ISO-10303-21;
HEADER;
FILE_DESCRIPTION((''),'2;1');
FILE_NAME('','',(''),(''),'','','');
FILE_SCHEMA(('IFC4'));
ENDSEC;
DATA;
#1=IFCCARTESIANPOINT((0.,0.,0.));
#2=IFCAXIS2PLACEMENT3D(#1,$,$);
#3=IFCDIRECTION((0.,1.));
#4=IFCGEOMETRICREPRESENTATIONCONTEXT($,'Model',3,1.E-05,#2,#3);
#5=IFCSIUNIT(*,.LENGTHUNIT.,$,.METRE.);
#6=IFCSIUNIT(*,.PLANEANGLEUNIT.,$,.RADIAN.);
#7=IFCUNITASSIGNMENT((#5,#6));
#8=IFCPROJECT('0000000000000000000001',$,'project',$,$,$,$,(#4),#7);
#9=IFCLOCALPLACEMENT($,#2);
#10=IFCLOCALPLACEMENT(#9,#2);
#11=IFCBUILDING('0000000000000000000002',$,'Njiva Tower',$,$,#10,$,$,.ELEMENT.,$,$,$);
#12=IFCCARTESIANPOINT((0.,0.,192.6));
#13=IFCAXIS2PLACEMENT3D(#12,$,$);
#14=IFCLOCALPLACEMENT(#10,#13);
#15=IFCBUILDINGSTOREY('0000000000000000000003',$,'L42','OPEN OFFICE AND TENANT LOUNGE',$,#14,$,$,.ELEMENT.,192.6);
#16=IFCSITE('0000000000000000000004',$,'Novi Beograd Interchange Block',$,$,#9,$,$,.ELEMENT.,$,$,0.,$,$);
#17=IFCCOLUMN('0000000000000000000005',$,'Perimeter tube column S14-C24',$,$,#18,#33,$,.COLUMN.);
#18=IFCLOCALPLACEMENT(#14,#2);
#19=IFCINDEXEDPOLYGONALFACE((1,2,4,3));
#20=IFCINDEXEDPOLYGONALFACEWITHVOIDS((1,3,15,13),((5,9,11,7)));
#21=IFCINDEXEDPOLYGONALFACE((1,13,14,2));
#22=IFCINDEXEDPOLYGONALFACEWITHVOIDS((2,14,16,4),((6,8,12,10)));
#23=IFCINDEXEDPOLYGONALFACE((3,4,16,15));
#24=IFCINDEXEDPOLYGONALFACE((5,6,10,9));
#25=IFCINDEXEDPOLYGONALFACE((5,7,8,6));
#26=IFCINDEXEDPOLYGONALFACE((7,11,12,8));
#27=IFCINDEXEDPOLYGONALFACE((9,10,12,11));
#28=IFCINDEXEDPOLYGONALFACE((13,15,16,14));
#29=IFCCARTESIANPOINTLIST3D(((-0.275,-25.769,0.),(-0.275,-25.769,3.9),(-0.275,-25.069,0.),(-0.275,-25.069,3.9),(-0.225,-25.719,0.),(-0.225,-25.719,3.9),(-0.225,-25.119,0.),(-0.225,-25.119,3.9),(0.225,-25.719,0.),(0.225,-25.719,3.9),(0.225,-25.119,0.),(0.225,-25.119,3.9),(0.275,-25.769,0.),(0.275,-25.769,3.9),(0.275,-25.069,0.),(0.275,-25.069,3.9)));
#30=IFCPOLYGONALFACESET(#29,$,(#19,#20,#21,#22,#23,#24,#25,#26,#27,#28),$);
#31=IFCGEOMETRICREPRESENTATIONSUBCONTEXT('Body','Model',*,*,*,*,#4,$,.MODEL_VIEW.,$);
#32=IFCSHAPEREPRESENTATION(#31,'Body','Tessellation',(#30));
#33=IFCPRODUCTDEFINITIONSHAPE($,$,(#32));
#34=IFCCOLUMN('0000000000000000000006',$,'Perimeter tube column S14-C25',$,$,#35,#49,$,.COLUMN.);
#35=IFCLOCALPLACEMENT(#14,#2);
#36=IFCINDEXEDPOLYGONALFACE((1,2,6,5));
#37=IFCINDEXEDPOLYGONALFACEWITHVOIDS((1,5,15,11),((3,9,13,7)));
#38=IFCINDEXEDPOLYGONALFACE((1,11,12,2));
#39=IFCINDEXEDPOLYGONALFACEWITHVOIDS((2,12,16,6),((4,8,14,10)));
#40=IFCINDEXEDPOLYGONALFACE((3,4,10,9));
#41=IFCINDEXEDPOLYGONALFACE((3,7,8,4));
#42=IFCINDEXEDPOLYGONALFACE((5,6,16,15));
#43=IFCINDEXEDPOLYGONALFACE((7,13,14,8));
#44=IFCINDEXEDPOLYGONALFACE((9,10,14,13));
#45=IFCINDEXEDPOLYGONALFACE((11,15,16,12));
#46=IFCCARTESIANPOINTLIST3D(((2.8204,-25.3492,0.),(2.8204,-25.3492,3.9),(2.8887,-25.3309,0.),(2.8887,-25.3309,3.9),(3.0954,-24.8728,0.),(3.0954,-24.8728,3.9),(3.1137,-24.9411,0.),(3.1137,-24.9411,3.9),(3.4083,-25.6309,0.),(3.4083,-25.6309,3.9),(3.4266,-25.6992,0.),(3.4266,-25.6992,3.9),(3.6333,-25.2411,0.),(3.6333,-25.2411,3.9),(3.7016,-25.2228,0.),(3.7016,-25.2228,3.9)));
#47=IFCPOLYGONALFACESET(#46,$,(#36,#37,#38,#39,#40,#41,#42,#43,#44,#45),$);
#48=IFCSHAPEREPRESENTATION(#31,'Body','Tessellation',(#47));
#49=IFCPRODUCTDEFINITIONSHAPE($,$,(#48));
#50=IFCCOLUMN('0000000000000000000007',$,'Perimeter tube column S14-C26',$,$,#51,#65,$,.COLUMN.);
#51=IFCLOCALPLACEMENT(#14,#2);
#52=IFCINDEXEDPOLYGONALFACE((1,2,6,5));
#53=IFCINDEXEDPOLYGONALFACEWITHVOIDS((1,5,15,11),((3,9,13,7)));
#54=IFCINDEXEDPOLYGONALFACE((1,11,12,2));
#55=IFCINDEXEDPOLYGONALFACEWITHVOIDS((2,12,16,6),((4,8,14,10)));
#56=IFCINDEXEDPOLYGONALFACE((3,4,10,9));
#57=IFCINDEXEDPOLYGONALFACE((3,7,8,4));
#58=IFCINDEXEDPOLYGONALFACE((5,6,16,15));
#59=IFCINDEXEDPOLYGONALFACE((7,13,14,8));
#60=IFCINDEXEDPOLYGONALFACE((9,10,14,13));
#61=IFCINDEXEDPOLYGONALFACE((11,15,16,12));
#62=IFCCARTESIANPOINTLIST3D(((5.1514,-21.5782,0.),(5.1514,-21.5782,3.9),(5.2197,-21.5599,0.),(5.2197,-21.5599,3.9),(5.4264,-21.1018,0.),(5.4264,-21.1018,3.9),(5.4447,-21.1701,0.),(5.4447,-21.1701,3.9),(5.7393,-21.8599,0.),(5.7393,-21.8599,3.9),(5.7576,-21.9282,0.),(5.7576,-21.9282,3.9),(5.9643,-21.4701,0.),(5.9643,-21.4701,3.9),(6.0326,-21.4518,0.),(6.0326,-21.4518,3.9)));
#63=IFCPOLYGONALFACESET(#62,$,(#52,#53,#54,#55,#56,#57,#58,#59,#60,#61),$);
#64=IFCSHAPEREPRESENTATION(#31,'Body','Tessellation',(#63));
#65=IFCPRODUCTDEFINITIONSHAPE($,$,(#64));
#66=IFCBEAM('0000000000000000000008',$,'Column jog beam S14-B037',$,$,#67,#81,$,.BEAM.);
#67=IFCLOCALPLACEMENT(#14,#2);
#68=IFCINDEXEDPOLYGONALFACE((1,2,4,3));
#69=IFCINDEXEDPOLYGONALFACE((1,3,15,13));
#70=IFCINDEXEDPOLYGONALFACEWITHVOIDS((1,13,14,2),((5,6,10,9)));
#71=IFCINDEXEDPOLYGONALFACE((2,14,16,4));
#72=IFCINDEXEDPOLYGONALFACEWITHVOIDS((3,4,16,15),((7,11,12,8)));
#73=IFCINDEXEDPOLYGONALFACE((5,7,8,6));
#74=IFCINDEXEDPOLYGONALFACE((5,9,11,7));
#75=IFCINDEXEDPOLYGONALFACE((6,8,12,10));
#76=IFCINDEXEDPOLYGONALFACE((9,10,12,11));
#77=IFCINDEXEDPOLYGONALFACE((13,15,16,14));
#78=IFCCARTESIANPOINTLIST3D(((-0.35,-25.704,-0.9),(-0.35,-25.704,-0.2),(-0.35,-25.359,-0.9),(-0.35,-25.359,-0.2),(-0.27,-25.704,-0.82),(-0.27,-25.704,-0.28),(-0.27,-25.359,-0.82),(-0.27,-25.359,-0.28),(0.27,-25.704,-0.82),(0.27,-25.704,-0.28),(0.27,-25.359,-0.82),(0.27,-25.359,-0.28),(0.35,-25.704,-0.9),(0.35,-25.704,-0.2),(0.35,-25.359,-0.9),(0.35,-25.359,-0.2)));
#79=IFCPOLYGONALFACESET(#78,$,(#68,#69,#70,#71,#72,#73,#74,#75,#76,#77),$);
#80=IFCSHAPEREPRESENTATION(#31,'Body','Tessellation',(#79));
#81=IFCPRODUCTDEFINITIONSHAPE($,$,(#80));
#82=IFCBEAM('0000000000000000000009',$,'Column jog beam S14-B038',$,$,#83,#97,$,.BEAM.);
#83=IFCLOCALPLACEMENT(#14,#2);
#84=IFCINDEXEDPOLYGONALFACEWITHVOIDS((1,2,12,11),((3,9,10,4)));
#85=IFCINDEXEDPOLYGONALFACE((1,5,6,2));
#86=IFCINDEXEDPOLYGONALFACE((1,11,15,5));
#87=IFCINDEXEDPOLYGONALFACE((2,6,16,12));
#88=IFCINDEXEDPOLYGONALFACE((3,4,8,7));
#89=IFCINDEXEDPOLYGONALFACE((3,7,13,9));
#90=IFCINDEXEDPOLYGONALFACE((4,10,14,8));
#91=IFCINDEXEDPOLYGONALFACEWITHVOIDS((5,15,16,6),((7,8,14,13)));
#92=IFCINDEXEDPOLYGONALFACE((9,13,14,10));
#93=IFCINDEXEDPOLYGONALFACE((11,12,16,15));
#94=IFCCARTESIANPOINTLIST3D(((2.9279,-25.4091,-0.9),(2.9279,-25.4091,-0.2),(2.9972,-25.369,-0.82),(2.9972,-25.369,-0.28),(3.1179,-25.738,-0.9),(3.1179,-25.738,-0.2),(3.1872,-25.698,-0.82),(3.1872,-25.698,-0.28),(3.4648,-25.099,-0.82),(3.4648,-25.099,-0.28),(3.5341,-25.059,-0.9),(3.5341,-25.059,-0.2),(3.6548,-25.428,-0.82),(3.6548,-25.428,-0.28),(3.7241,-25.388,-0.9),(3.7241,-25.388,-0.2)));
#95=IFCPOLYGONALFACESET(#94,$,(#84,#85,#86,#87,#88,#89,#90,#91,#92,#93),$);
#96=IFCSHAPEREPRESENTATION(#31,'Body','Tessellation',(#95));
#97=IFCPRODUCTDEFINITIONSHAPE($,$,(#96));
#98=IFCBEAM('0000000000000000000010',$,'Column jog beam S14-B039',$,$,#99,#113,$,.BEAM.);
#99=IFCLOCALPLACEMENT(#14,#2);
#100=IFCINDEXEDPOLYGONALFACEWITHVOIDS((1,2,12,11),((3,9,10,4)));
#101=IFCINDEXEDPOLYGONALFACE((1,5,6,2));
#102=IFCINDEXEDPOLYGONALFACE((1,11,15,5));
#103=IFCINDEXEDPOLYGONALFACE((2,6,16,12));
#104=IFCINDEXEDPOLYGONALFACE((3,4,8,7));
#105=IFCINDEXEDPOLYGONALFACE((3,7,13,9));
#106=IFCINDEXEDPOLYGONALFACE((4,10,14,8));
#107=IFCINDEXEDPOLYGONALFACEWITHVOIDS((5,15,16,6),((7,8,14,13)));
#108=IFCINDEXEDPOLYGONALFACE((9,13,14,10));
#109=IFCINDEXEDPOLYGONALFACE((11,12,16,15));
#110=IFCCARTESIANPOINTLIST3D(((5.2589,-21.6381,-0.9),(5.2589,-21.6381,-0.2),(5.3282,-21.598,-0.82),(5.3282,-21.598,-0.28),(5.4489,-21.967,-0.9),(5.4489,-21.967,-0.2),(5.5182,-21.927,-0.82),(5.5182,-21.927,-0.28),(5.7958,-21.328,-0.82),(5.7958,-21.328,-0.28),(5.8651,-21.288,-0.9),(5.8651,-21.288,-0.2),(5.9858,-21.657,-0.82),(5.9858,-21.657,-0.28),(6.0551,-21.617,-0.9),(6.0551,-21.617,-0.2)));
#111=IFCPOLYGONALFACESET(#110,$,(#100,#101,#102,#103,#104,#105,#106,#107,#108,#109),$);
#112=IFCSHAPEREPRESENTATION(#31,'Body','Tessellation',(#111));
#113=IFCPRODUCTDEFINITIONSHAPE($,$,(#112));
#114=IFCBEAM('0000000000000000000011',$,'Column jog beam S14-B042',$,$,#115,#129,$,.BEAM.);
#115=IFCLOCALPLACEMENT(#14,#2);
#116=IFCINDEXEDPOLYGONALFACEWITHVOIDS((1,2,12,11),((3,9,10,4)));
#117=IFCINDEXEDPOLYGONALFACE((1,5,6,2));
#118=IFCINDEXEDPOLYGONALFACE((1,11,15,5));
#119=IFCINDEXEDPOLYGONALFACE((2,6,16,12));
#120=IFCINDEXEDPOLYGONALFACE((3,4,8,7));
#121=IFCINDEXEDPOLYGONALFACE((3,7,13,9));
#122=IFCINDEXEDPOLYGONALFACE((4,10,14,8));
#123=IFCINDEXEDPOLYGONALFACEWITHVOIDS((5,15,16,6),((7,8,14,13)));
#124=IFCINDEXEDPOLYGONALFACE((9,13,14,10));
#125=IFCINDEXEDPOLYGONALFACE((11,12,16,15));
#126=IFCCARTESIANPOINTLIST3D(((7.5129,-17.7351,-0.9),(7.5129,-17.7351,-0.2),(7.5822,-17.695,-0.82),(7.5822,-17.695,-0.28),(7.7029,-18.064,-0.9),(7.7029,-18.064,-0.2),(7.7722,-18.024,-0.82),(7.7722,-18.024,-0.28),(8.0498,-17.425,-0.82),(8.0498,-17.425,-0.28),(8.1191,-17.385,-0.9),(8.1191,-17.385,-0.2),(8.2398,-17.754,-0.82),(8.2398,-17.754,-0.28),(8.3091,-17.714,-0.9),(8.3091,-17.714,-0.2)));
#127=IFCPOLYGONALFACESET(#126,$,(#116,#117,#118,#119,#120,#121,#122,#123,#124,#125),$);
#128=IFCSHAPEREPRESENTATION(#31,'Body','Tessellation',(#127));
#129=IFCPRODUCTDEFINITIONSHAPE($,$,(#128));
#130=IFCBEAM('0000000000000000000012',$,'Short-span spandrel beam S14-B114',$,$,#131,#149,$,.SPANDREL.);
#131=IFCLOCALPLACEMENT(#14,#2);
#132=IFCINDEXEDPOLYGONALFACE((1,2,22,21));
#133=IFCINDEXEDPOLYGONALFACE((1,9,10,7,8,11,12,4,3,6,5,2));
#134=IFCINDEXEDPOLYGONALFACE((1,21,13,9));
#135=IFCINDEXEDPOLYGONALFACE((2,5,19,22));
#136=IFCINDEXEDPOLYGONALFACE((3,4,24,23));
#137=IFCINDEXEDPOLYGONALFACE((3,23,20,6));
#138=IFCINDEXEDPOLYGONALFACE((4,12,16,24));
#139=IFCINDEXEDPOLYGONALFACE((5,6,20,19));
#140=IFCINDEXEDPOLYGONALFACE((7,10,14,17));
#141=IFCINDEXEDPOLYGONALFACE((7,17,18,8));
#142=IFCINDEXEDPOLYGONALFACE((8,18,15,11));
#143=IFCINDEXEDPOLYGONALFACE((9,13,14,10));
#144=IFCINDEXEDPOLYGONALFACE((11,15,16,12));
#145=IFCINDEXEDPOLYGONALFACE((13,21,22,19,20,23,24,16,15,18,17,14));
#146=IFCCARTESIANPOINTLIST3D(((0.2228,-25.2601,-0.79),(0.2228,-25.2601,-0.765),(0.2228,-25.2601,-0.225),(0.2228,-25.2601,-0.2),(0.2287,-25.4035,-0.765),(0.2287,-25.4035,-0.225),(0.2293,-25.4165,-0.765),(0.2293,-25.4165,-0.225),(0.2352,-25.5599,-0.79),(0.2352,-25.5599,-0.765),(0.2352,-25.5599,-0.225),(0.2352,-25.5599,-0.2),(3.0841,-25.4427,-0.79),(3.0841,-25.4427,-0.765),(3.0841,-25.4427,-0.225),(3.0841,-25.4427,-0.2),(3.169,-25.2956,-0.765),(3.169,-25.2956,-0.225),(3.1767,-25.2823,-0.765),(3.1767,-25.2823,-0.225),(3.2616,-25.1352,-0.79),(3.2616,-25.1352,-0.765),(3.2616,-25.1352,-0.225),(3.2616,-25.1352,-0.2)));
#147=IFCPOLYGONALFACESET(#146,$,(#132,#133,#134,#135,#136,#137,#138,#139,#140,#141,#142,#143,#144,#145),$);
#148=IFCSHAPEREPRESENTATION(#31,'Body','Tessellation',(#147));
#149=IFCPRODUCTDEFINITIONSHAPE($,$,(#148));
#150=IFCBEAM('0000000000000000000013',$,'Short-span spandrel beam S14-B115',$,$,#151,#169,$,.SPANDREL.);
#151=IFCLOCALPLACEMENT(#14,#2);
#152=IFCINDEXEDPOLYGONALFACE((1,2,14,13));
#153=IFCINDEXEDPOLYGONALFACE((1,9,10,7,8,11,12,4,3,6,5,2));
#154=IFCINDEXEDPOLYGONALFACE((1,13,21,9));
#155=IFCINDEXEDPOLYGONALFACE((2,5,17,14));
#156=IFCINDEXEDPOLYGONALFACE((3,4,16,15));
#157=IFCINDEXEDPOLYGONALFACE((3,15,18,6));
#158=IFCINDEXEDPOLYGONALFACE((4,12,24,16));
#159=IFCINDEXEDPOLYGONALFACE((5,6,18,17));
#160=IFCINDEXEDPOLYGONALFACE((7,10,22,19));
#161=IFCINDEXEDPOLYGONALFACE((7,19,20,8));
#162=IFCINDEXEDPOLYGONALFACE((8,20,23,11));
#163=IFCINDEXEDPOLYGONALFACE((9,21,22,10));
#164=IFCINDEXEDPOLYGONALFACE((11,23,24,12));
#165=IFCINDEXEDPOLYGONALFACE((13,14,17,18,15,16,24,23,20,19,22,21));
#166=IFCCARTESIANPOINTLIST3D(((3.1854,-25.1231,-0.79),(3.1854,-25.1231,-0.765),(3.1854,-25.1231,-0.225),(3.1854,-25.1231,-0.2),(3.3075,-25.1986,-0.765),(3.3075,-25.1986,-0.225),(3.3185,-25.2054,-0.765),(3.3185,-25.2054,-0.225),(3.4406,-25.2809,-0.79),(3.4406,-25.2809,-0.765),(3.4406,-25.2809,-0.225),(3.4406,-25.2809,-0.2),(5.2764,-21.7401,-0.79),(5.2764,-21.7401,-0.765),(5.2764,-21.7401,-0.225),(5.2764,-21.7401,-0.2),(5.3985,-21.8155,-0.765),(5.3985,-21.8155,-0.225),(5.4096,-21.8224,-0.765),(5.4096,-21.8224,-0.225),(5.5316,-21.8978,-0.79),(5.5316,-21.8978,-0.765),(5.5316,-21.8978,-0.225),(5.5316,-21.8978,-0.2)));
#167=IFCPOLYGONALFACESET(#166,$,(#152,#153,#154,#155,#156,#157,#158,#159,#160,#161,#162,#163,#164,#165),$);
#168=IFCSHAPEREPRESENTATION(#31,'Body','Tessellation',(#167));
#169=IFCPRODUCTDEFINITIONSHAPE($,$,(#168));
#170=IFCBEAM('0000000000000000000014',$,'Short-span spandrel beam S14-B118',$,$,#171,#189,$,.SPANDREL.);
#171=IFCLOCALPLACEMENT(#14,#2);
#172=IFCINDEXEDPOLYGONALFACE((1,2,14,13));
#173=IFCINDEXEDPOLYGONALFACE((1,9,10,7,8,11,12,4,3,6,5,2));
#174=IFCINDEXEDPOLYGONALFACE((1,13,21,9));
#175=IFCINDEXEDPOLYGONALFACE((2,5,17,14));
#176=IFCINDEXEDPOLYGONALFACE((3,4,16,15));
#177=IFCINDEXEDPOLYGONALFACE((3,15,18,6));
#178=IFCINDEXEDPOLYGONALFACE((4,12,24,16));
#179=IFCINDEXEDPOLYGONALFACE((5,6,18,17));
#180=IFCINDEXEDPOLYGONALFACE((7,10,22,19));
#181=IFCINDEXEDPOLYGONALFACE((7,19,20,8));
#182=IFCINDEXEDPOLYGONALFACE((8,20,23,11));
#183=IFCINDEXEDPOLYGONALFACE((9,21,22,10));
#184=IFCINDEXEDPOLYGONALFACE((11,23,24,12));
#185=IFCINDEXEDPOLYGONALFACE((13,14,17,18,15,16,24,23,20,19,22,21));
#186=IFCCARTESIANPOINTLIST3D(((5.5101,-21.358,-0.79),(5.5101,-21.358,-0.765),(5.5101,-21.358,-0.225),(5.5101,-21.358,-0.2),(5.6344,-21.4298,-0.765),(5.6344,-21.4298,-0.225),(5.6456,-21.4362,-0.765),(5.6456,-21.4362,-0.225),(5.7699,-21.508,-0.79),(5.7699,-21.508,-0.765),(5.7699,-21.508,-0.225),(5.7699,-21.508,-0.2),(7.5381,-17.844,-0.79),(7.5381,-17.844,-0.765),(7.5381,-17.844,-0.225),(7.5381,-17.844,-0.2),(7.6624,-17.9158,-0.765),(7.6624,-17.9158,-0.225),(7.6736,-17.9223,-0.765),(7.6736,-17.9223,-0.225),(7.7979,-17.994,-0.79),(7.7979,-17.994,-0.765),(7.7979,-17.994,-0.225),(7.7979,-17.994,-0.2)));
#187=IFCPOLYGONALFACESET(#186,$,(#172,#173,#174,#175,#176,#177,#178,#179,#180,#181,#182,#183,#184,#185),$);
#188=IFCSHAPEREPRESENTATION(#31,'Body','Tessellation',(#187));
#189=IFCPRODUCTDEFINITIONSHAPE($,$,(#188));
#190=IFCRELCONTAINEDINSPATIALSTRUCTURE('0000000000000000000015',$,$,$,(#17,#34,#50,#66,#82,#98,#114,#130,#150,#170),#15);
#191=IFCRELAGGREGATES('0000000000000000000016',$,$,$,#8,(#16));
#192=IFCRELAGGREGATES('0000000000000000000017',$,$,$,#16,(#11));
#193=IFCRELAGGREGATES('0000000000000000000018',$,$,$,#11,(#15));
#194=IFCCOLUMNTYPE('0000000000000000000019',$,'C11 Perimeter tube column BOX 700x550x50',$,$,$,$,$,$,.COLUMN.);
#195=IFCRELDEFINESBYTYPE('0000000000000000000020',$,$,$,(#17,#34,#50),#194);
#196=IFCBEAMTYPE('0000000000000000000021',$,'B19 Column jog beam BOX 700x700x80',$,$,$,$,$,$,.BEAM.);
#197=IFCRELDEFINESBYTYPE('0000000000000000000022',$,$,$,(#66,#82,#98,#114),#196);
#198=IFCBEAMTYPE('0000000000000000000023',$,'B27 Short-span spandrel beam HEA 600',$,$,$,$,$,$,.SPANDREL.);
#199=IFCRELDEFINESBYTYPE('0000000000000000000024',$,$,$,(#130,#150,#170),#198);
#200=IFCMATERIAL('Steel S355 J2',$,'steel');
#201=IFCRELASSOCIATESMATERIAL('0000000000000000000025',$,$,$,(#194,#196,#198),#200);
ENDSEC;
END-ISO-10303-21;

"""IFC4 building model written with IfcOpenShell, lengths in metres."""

from ifc_helpers import new_model, si_unit, direction, frame, origin, origin_2d, place, context, subcontext, project, spatial, hollow_rectangle, i_section, extrude, clip, halfspace, material, material_profile, profile_set, type_object, element, save


model = new_model("IFC4")

# Units and contexts
model_context = context("Model", 3, precision=1e-05, world=origin(), true_north=direction((0.0, 1.0)))
body_context = subcontext(model_context, "Body", "Model", "MODEL_VIEW")
ifc_project = project(units=[si_unit("LENGTHUNIT", "METRE"), si_unit("PLANEANGLEUNIT", "RADIAN")], contexts=[model_context])

# Site, building, storey
site_placement = place(None, origin())
site = spatial("IfcSite", under=ifc_project, at=site_placement, Name="Novi Beograd Interchange Block", CompositionType="ELEMENT", RefElevation=0.0)
building_placement = place(site_placement, origin())
building = spatial("IfcBuilding", under=site, at=building_placement, Name="Njiva Tower", CompositionType="ELEMENT")
storey_placement = place(building_placement, frame((0.0, 0.0, 192.6)))
storey = spatial("IfcBuildingStorey", under=building, at=storey_placement, Name="L42", Description="OPEN OFFICE AND TENANT LOUNGE", CompositionType="ELEMENT", Elevation=192.6)

# Columns
ifc_material_1 = material(Name="Steel S355 J2", Category="steel")
ifc_material_profile_1 = material_profile(ifc_material_1, hollow_rectangle(XDim=0.55, YDim=0.7, WallThickness=0.05, at=origin_2d()), Name="BOX 700x550x50")
ifc_profile_set_1 = profile_set([ifc_material_profile_1], Name="Steel S355 J2")
column_type = type_object("IfcColumnType", Name="C11 Perimeter tube column BOX 700x550x50", PredefinedType="COLUMN", material=ifc_profile_set_1)
for number, where, z_axis, x_axis, name in (
    (1, (0.0, -25.419, 0.0), (0.0, 0.0, 1.0), (1.0, 0.0, 0.0), "Perimeter tube column S14-C24"),
    (2, (3.261, -25.286, 0.0), (0.0, 0.0, 1.0), (0.5, 0.866025, 0.0), "Perimeter tube column S14-C25"),
    (3, (5.592, -21.515, 0.0), (0.0, 0.0, 1.0), (0.5, 0.866025, 0.0), "Perimeter tube column S14-C26"),
):
    element("IfcColumn", number, at=place(storey_placement, frame(where, z_axis=z_axis, x_axis=x_axis)), inside=storey, type_object=column_type, Name=name, PredefinedType="COLUMN", context=body_context, shape_type="SweptSolid", body=[
        extrude(hollow_rectangle(XDim=0.55, YDim=0.7, WallThickness=0.05, at=origin_2d()), origin(), (0.0, 0.0, 1.0), 3.9),
    ])

# Beams
ifc_material_profile_2 = material_profile(ifc_material_1, hollow_rectangle(XDim=0.7, YDim=0.7, WallThickness=0.08, at=origin_2d()), Name="BOX 700x700x80")
ifc_profile_set_2 = profile_set([ifc_material_profile_2], Name="Steel S355 J2")
beam_type_1 = type_object("IfcBeamType", Name="B19 Column jog beam BOX 700x700x80", PredefinedType="BEAM", material=ifc_profile_set_2)
beam_1_placement = place(storey_placement, frame((0.0, -25.704, -0.55), z_axis=(0.0, 1.0, 0.0), x_axis=(-1.0, 0.0, 0.0)))
element("IfcBeam", 4, at=beam_1_placement, inside=storey, type_object=beam_type_1, Name="Column jog beam S14-B037", PredefinedType="BEAM", context=body_context, shape_type="SweptSolid", body=[
    extrude(hollow_rectangle(XDim=0.7, YDim=0.7, WallThickness=0.08, at=origin_2d()), origin(), (0.0, 0.0, 1.0), 0.345),
])
for number, where, z_axis, x_axis, name in (
    (5, (3.421, -25.563, -0.55), (-0.500102, 0.865966, 0.0), (-0.865966, -0.500102, 0.0), "Column jog beam S14-B038"),
    (6, (5.752, -21.792, -0.55), (-0.500102, 0.865966, 0.0), (-0.865966, -0.500102, 0.0), "Column jog beam S14-B039"),
    (7, (8.006, -17.889, -0.55), (-0.500102, 0.865966, 0.0), (-0.865966, -0.500102, 0.0), "Column jog beam S14-B042"),
):
    element("IfcBeam", number, at=place(storey_placement, frame(where, z_axis=z_axis, x_axis=x_axis)), inside=storey, type_object=beam_type_1, Name=name, PredefinedType="BEAM", context=body_context, shape_type="SweptSolid", body=[
        extrude(hollow_rectangle(XDim=0.7, YDim=0.7, WallThickness=0.08, at=origin_2d()), origin(), (0.0, 0.0, 1.0), 0.3799),
    ])
ifc_material_profile_3 = material_profile(ifc_material_1, i_section(OverallWidth=0.3, OverallDepth=0.59, WebThickness=0.013, FlangeThickness=0.025, at=origin_2d()), Name="HEA 600")
ifc_profile_set_3 = profile_set([ifc_material_profile_3], Name="Steel S355 J2")
beam_type_2 = type_object("IfcBeamType", Name="B27 Short-span spandrel beam HEA 600", PredefinedType="SPANDREL", material=ifc_profile_set_3)
beam_2_placement = place(storey_placement, frame((0.229, -25.41, -0.495), z_axis=(0.999156, 0.04108, 0.0), x_axis=(-0.04108, 0.999156, 0.0)))
element("IfcBeam", 8, at=beam_2_placement, inside=storey, type_object=beam_type_2, Name="Short-span spandrel beam S14-B114", PredefinedType="SPANDREL", context=body_context, shape_type="Clipping", body=[
    clip(extrude(i_section(OverallWidth=0.3, OverallDepth=0.59, WebThickness=0.013, FlangeThickness=0.025, at=origin_2d()), origin(), (0.0, 0.0, 1.0), 3.0605), halfspace(frame((-0.0272, 0.0, 2.9291), z_axis=(-0.535152, 0.0, 0.844756), x_axis=(0.0, 1.0, 0.0)), False)),
])
beam_3_placement = place(storey_placement, frame((3.313, -25.202, -0.495), z_axis=(0.525766, 0.850629, 0.0), x_axis=(-0.850629, 0.525766, 0.0)))
element("IfcBeam", 9, at=beam_3_placement, inside=storey, type_object=beam_type_2, Name="Short-span spandrel beam S14-B115", PredefinedType="SPANDREL", context=body_context, shape_type="SweptSolid", body=[
    extrude(i_section(OverallWidth=0.3, OverallDepth=0.59, WebThickness=0.013, FlangeThickness=0.025, at=origin_2d()), origin(), (0.0, 0.0, 1.0), 3.9771),
])
beam_4_placement = place(storey_placement, frame((5.64, -21.433, -0.495), z_axis=(0.49985, 0.866112, 0.0), x_axis=(-0.866112, 0.49985, 0.0)))
element("IfcBeam", 10, at=beam_4_placement, inside=storey, type_object=beam_type_2, Name="Short-span spandrel beam S14-B118", PredefinedType="SPANDREL", context=body_context, shape_type="SweptSolid", body=[
    extrude(i_section(OverallWidth=0.3, OverallDepth=0.59, WebThickness=0.013, FlangeThickness=0.025, at=origin_2d()), origin(), (0.0, 0.0, 1.0), 4.0572),
])

save(model, "model.ifc")
